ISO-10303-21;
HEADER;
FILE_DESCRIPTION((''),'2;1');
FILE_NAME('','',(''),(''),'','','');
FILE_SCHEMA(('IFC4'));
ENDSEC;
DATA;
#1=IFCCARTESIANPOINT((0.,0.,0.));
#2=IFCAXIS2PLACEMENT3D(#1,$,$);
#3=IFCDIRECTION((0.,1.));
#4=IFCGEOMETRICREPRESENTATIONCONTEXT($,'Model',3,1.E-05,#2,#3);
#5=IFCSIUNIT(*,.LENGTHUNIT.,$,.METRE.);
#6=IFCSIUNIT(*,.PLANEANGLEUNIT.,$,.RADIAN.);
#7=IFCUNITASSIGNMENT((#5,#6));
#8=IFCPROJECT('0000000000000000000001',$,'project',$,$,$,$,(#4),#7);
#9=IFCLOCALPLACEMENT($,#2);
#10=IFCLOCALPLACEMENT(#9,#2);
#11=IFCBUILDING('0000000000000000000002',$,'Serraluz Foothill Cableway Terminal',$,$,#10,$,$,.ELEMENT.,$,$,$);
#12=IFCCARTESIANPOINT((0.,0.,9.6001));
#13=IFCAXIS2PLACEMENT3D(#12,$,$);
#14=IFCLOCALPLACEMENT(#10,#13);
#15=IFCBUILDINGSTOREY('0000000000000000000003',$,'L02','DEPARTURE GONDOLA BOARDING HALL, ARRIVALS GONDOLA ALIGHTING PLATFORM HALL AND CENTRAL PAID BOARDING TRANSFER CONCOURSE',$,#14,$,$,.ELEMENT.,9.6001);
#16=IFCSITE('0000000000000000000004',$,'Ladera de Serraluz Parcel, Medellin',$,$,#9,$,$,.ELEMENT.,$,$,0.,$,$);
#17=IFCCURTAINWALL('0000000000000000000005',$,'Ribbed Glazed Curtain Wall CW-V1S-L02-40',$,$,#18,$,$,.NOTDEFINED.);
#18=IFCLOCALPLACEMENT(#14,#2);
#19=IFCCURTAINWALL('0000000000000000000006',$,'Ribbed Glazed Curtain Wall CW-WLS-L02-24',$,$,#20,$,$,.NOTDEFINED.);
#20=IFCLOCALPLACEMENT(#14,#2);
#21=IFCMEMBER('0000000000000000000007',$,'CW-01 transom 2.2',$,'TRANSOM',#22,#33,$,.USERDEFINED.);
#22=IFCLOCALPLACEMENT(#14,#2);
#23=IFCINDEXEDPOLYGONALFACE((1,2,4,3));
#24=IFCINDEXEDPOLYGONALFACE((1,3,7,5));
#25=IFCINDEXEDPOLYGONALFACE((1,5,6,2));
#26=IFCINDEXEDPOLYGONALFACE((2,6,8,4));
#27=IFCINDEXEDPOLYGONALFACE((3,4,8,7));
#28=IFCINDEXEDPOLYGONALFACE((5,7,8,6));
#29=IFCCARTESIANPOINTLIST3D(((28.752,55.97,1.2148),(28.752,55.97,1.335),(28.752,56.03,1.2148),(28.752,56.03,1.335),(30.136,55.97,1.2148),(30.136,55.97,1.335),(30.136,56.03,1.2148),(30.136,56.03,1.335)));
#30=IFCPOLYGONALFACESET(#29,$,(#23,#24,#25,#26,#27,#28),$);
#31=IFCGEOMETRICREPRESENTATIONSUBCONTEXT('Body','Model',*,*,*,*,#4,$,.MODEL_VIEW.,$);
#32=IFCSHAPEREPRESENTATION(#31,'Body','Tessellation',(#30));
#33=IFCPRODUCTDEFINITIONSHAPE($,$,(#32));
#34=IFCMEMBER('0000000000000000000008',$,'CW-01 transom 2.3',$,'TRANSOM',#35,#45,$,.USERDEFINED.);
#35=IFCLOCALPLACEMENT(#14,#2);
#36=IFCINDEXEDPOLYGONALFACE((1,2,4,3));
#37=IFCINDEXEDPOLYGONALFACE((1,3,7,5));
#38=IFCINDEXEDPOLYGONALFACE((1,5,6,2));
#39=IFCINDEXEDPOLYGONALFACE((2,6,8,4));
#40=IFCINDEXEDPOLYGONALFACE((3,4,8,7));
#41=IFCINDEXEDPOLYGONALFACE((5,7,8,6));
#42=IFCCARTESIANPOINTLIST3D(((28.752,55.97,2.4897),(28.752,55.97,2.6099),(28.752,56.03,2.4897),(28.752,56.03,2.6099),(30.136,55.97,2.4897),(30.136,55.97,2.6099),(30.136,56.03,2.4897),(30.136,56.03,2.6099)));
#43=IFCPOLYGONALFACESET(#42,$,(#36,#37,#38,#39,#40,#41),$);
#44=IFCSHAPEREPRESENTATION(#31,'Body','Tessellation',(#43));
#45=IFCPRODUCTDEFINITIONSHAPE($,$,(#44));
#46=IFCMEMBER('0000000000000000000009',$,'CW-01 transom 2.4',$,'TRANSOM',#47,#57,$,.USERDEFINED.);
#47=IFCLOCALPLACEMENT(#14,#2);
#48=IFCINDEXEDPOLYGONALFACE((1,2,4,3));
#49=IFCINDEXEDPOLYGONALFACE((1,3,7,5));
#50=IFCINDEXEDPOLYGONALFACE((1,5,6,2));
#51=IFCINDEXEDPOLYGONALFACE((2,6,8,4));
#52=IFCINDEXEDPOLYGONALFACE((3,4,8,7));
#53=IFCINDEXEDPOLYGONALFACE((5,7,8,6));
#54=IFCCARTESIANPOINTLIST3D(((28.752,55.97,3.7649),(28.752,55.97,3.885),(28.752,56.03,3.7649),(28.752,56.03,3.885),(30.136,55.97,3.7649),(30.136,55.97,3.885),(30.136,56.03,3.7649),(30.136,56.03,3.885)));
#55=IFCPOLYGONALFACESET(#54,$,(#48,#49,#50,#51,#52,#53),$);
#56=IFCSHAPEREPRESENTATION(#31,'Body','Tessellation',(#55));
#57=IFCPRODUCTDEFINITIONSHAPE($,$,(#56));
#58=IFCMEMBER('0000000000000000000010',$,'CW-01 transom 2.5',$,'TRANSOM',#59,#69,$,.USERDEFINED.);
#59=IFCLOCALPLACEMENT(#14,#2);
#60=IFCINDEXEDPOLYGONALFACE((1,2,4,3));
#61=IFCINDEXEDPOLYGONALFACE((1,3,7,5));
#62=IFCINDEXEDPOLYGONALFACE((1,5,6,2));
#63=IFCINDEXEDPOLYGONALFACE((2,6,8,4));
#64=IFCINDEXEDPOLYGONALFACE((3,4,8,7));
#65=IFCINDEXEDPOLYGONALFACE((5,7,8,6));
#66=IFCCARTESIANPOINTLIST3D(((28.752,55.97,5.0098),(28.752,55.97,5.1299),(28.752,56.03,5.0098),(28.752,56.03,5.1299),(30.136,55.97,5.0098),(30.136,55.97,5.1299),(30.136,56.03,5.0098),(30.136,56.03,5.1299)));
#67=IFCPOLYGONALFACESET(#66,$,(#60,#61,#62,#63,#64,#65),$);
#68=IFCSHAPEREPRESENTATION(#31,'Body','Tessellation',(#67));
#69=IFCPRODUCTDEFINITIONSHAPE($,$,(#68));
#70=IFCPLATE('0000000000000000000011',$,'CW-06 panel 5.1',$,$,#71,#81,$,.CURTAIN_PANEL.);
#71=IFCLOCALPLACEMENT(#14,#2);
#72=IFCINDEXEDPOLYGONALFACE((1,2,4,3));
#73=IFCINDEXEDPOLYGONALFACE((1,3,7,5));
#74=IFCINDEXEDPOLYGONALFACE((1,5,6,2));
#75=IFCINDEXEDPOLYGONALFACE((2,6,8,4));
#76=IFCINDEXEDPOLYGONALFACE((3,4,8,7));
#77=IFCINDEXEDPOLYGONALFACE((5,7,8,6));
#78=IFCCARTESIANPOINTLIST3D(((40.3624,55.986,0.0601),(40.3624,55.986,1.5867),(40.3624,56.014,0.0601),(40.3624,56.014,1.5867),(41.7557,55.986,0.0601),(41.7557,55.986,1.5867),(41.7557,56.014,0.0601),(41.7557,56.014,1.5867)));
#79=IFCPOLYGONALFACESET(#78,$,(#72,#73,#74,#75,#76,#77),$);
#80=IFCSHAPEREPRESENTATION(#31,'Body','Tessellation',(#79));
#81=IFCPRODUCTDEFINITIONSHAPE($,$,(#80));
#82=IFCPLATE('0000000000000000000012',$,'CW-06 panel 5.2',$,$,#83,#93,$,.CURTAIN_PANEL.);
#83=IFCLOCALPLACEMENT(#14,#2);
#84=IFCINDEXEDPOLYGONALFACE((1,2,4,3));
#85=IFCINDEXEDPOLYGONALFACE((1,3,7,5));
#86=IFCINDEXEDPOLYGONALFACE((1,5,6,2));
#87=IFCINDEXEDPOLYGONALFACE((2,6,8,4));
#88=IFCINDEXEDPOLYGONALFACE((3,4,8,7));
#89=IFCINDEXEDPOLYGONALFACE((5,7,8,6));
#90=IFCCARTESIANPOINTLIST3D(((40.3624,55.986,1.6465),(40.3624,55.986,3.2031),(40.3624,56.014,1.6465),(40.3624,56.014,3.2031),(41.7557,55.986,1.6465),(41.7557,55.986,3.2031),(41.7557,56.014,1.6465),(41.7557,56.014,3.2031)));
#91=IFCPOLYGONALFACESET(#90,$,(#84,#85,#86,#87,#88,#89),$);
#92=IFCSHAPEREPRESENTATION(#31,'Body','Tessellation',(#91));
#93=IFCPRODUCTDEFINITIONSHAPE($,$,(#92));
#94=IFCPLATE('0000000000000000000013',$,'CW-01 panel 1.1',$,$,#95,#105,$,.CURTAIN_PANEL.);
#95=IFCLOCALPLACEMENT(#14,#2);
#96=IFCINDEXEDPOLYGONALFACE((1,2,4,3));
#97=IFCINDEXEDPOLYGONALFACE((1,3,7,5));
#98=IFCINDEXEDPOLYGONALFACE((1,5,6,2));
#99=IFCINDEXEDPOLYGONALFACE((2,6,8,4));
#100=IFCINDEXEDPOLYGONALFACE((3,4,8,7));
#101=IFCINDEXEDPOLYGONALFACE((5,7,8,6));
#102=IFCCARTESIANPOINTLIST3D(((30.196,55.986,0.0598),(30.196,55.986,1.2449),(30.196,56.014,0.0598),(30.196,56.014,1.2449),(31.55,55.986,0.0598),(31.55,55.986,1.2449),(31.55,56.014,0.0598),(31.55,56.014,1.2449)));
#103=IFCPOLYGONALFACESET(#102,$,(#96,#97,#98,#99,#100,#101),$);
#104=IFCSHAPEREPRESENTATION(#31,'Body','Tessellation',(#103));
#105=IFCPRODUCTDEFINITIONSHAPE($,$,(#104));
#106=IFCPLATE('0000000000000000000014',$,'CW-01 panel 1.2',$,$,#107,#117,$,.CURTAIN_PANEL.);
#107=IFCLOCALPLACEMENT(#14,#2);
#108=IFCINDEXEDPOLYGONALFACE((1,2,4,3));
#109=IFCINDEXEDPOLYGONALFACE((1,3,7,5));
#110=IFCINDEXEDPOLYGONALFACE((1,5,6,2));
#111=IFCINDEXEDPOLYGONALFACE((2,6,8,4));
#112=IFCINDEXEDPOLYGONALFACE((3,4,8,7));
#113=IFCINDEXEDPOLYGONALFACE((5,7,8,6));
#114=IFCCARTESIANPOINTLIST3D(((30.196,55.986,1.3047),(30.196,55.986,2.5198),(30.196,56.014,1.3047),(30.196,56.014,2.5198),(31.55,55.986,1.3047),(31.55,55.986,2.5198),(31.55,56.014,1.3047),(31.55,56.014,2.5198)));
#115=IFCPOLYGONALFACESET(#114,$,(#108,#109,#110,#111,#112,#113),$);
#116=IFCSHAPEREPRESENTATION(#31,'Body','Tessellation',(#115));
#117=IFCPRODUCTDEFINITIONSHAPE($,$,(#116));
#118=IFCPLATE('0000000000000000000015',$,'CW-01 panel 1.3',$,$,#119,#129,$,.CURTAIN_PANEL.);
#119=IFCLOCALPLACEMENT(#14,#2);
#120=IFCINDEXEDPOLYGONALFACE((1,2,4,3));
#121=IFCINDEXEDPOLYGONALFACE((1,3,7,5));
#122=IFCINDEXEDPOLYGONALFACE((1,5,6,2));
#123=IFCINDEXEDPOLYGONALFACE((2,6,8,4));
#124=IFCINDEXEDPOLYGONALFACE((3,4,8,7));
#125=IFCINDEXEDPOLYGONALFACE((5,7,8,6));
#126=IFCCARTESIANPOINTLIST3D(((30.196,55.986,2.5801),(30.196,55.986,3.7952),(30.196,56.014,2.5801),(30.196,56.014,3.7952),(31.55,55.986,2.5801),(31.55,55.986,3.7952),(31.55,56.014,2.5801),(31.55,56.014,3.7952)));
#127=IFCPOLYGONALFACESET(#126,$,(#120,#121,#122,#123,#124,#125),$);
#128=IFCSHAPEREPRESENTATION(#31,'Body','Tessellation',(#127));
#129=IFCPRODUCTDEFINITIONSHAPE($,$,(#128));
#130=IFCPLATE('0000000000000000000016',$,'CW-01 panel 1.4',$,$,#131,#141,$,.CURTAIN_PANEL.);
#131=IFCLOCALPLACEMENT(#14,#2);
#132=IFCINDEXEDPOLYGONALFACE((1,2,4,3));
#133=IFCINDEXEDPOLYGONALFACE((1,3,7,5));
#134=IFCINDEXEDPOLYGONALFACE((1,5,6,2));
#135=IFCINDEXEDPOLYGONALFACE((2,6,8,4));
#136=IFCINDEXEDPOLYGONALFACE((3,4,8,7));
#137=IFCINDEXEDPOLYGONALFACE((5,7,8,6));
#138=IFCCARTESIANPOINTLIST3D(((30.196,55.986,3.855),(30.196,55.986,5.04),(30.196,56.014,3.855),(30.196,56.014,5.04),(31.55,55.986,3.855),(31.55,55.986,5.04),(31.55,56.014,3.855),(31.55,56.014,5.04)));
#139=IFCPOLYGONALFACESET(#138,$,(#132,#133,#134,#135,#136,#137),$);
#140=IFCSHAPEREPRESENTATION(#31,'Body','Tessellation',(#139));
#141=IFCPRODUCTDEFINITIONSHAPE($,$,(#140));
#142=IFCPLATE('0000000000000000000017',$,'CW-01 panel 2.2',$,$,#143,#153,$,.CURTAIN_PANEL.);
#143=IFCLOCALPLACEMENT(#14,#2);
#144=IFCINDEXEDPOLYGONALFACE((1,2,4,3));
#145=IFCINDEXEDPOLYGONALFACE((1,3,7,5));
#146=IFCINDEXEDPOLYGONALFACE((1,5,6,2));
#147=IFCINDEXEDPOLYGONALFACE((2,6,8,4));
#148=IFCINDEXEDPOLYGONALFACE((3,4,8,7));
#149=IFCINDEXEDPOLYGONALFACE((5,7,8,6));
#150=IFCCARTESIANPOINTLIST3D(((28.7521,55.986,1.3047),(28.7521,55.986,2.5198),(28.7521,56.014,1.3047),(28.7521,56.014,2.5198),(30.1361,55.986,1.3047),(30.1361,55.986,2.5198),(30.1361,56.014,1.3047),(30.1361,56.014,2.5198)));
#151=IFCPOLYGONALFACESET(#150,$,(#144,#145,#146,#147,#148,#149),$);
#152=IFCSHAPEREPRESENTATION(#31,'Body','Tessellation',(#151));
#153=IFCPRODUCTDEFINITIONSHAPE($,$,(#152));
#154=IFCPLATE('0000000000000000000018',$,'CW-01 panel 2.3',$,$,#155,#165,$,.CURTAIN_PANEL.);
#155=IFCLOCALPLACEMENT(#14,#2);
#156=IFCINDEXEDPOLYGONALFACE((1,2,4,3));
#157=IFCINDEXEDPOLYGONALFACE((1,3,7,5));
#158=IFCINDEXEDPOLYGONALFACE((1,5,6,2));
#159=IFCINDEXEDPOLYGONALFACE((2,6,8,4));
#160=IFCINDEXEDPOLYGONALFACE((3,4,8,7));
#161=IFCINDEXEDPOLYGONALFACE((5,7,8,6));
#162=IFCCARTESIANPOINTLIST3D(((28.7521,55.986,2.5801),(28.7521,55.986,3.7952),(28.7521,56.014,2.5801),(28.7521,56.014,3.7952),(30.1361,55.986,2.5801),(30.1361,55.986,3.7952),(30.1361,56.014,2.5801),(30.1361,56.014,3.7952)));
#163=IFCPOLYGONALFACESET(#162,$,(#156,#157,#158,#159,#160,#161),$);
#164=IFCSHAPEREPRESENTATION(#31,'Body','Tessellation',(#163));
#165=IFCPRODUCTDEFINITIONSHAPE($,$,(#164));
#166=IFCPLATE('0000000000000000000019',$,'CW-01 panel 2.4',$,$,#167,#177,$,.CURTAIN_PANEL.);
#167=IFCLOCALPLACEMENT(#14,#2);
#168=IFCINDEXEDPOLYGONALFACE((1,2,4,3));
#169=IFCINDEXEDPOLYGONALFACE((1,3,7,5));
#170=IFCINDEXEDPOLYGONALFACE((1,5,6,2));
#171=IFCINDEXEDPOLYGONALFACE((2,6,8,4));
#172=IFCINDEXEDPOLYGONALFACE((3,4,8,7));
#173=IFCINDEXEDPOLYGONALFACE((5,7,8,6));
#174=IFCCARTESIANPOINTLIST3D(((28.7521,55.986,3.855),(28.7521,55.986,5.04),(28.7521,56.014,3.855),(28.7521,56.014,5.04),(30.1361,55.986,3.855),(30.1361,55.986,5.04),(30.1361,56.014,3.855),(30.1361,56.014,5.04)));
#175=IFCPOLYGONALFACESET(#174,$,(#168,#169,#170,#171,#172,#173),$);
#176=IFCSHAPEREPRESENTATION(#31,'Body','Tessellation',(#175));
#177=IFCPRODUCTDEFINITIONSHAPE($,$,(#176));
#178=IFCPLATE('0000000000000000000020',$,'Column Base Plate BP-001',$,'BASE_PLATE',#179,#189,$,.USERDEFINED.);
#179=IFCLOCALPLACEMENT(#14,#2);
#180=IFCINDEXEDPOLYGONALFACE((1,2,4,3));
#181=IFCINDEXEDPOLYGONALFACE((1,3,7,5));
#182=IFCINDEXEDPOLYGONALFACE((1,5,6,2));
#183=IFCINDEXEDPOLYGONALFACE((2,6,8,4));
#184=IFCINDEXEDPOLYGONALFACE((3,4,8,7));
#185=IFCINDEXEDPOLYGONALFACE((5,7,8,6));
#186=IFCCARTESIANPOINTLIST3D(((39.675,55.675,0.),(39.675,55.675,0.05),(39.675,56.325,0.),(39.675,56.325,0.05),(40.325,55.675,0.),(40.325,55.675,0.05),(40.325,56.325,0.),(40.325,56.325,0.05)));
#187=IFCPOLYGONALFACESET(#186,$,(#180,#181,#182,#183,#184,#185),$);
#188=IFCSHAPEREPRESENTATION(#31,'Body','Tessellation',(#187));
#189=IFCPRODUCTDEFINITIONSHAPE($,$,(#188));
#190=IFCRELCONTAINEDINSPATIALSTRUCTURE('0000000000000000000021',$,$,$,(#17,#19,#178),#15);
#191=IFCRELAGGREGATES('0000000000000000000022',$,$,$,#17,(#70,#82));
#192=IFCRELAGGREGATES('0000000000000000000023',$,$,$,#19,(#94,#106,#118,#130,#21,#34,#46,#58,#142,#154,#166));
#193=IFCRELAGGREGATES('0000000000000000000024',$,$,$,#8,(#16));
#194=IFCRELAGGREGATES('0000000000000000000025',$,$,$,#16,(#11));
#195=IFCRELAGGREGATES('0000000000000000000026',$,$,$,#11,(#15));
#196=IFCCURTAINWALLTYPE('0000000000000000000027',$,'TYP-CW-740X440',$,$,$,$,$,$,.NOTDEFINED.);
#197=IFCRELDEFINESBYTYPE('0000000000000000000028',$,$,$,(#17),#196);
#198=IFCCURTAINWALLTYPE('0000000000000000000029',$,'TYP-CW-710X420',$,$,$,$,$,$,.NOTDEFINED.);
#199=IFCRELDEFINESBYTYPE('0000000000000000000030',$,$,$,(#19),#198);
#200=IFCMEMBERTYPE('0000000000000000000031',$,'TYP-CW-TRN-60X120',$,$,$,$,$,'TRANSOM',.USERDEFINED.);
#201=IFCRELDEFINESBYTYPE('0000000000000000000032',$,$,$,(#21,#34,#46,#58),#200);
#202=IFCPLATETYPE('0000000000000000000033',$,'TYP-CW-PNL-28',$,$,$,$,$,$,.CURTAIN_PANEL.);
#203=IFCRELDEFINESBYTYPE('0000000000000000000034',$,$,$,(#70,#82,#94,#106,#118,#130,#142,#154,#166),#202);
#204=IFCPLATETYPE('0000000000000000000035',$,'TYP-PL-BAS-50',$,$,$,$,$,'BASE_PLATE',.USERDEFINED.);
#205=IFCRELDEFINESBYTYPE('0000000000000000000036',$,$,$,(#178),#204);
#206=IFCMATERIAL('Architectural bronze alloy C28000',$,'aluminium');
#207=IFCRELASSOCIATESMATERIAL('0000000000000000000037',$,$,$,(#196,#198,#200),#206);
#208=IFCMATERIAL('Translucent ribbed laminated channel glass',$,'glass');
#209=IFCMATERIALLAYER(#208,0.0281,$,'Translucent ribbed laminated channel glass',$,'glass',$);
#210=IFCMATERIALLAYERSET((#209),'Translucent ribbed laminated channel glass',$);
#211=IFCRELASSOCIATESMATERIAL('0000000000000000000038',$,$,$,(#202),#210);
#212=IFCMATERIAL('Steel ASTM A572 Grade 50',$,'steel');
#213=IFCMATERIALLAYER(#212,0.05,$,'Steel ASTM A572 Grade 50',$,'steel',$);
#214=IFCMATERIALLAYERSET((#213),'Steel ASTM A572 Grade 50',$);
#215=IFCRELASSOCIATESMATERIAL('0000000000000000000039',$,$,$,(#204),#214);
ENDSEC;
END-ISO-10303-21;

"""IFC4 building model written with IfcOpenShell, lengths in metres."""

from ifc_helpers import new_model, si_unit, direction, frame, origin, origin_2d, place, context, subcontext, project, spatial, rectangle, extrude, material, layer, layer_set, material_profile, profile_set, type_object, element, aggregate, save


model = new_model("IFC4")

# Units and contexts
model_context = context("Model", 3, precision=1e-05, world=origin(), true_north=direction((0.0, 1.0)))
body_context = subcontext(model_context, "Body", "Model", "MODEL_VIEW")
ifc_project = project(units=[si_unit("LENGTHUNIT", "METRE"), si_unit("PLANEANGLEUNIT", "RADIAN")], contexts=[model_context])

# Site, building, storey
site_placement = place(None, origin())
site = spatial("IfcSite", under=ifc_project, at=site_placement, Name="Ladera de Serraluz Parcel, Medellin", CompositionType="ELEMENT", RefElevation=0.0)
building_placement = place(site_placement, origin())
building = spatial("IfcBuilding", under=site, at=building_placement, Name="Serraluz Foothill Cableway Terminal", CompositionType="ELEMENT")
storey_placement = place(building_placement, frame((0.0, 0.0, 9.6001)))
storey = spatial("IfcBuildingStorey", under=building, at=storey_placement, Name="L02", Description="DEPARTURE GONDOLA BOARDING HALL, ARRIVALS GONDOLA ALIGHTING PLATFORM HALL AND CENTRAL PAID BOARDING TRANSFER CONCOURSE", CompositionType="ELEMENT", Elevation=9.6001)

# Curtain wall
ifc_material_1 = material(Name="Architectural bronze alloy C28000", Category="aluminium")
curtain_wall_type_1 = type_object("IfcCurtainWallType", Name="TYP-CW-740X440", PredefinedType="NOTDEFINED", material=ifc_material_1)
curtain_wall_1_placement = place(storey_placement, origin())
curtain_wall_1 = element("IfcCurtainWall", 1, at=curtain_wall_1_placement, inside=storey, type_object=curtain_wall_type_1, Name="Ribbed Glazed Curtain Wall CW-V1S-L02-40", PredefinedType="NOTDEFINED")

# Curtain wall, members
curtain_wall_type_2 = type_object("IfcCurtainWallType", Name="TYP-CW-710X420", PredefinedType="NOTDEFINED", material=ifc_material_1)
curtain_wall_2_placement = place(storey_placement, origin())
curtain_wall_2 = element("IfcCurtainWall", 2, at=curtain_wall_2_placement, inside=storey, type_object=curtain_wall_type_2, Name="Ribbed Glazed Curtain Wall CW-WLS-L02-24", PredefinedType="NOTDEFINED")
ifc_material_profile_1 = material_profile(ifc_material_1, rectangle(XDim=0.0601, YDim=0.1201, at=origin_2d()), Name="ALU TRANSOM 60x120")
ifc_profile_set_1 = profile_set([ifc_material_profile_1], Name="Architectural bronze alloy C28000")
member_type_1 = type_object("IfcMemberType", Name="TYP-CW-TRN-60X120", ElementType="TRANSOM", PredefinedType="USERDEFINED", material=ifc_profile_set_1)
member_1_placement = place(storey_placement, frame((30.136, 56.0, 1.2749), z_axis=(-1.0, 0.0, 0.0), x_axis=(0.0, -1.0, 0.0)))
member_1 = element("IfcMember", 3, at=member_1_placement, type_object=member_type_1, Name="CW-01 transom 2.2", ObjectType="TRANSOM", PredefinedType="USERDEFINED", context=body_context, shape_type="SweptSolid", body=[
    extrude(rectangle(XDim=0.0601, YDim=0.1201, at=origin_2d()), origin(), (0.0, 0.0, 1.0), 1.384),
])
member_2_placement = place(storey_placement, frame((30.136, 56.0, 2.5498), z_axis=(-1.0, 0.0, 0.0), x_axis=(0.0, -1.0, 0.0)))
member_2 = element("IfcMember", 4, at=member_2_placement, type_object=member_type_1, Name="CW-01 transom 2.3", ObjectType="TRANSOM", PredefinedType="USERDEFINED", context=body_context, shape_type="SweptSolid", body=[
    extrude(rectangle(XDim=0.0601, YDim=0.1201, at=origin_2d()), origin(), (0.0, 0.0, 1.0), 1.384),
])
member_3_placement = place(storey_placement, frame((30.136, 56.0, 3.825), z_axis=(-1.0, 0.0, 0.0), x_axis=(0.0, -1.0, 0.0)))
member_3 = element("IfcMember", 5, at=member_3_placement, type_object=member_type_1, Name="CW-01 transom 2.4", ObjectType="TRANSOM", PredefinedType="USERDEFINED", context=body_context, shape_type="SweptSolid", body=[
    extrude(rectangle(XDim=0.0601, YDim=0.1201, at=origin_2d()), origin(), (0.0, 0.0, 1.0), 1.384),
])
member_4_placement = place(storey_placement, frame((30.136, 56.0, 5.0698), z_axis=(-1.0, 0.0, 0.0), x_axis=(0.0, -1.0, 0.0)))
member_4 = element("IfcMember", 6, at=member_4_placement, type_object=member_type_1, Name="CW-01 transom 2.5", ObjectType="TRANSOM", PredefinedType="USERDEFINED", context=body_context, shape_type="SweptSolid", body=[
    extrude(rectangle(XDim=0.0601, YDim=0.1201, at=origin_2d()), origin(), (0.0, 0.0, 1.0), 1.384),
])

# Plates
ifc_material_2 = material(Name="Translucent ribbed laminated channel glass", Category="glass")
ifc_layer_1 = layer(ifc_material_2, 0.0281, Name="Translucent ribbed laminated channel glass", Category="glass")
ifc_layer_set_1 = layer_set([ifc_layer_1], Name="Translucent ribbed laminated channel glass")
plate_type_1 = type_object("IfcPlateType", Name="TYP-CW-PNL-28", PredefinedType="CURTAIN_PANEL", material=ifc_layer_set_1)
plate_1_placement = place(storey_placement, frame((41.0591, 56.0, 0.0601), z_axis=(0.0, 0.0, 1.0), x_axis=(-1.0, 0.0, 0.0)))
plate_1 = element("IfcPlate", 7, at=plate_1_placement, type_object=plate_type_1, Name="CW-06 panel 5.1", PredefinedType="CURTAIN_PANEL", context=body_context, shape_type="SweptSolid", body=[
    extrude(rectangle(XDim=1.3933, YDim=0.0281, at=origin_2d()), origin(), (0.0, 0.0, 1.0), 1.5266),
])
plate_2_placement = place(storey_placement, frame((41.0591, 56.0, 1.6465), z_axis=(0.0, 0.0, 1.0), x_axis=(-1.0, 0.0, 0.0)))
plate_2 = element("IfcPlate", 8, at=plate_2_placement, type_object=plate_type_1, Name="CW-06 panel 5.2", PredefinedType="CURTAIN_PANEL", context=body_context, shape_type="SweptSolid", body=[
    extrude(rectangle(XDim=1.3933, YDim=0.0281, at=origin_2d()), origin(), (0.0, 0.0, 1.0), 1.5566),
])
aggregate(curtain_wall_1, [plate_1, plate_2])
plate_3_placement = place(storey_placement, frame((30.873, 56.0, 0.0598), z_axis=(0.0, 0.0, 1.0), x_axis=(-1.0, 0.0, 0.0)))
plate_3 = element("IfcPlate", 9, at=plate_3_placement, type_object=plate_type_1, Name="CW-01 panel 1.1", PredefinedType="CURTAIN_PANEL", context=body_context, shape_type="SweptSolid", body=[
    extrude(rectangle(XDim=1.354, YDim=0.0281, at=origin_2d()), origin(), (0.0, 0.0, 1.0), 1.1851),
])
plate_4_placement = place(storey_placement, frame((30.873, 56.0, 1.3047), z_axis=(0.0, 0.0, 1.0), x_axis=(-1.0, 0.0, 0.0)))
plate_4 = element("IfcPlate", 10, at=plate_4_placement, type_object=plate_type_1, Name="CW-01 panel 1.2", PredefinedType="CURTAIN_PANEL", context=body_context, shape_type="SweptSolid", body=[
    extrude(rectangle(XDim=1.354, YDim=0.0281, at=origin_2d()), origin(), (0.0, 0.0, 1.0), 1.2151),
])
plate_5_placement = place(storey_placement, frame((30.873, 56.0, 2.5801), z_axis=(0.0, 0.0, 1.0), x_axis=(-1.0, 0.0, 0.0)))
plate_5 = element("IfcPlate", 11, at=plate_5_placement, type_object=plate_type_1, Name="CW-01 panel 1.3", PredefinedType="CURTAIN_PANEL", context=body_context, shape_type="SweptSolid", body=[
    extrude(rectangle(XDim=1.354, YDim=0.0281, at=origin_2d()), origin(), (0.0, 0.0, 1.0), 1.2151),
])
plate_6_placement = place(storey_placement, frame((30.873, 56.0, 3.855), z_axis=(0.0, 0.0, 1.0), x_axis=(-1.0, 0.0, 0.0)))
plate_6 = element("IfcPlate", 12, at=plate_6_placement, type_object=plate_type_1, Name="CW-01 panel 1.4", PredefinedType="CURTAIN_PANEL", context=body_context, shape_type="SweptSolid", body=[
    extrude(rectangle(XDim=1.354, YDim=0.0281, at=origin_2d()), origin(), (0.0, 0.0, 1.0), 1.1851),
])
plate_7_placement = place(storey_placement, frame((29.4441, 56.0, 1.3047), z_axis=(0.0, 0.0, 1.0), x_axis=(-1.0, 0.0, 0.0)))
plate_7 = element("IfcPlate", 13, at=plate_7_placement, type_object=plate_type_1, Name="CW-01 panel 2.2", PredefinedType="CURTAIN_PANEL", context=body_context, shape_type="SweptSolid", body=[
    extrude(rectangle(XDim=1.384, YDim=0.0281, at=origin_2d()), origin(), (0.0, 0.0, 1.0), 1.2151),
])
plate_8_placement = place(storey_placement, frame((29.4441, 56.0, 2.5801), z_axis=(0.0, 0.0, 1.0), x_axis=(-1.0, 0.0, 0.0)))
plate_8 = element("IfcPlate", 14, at=plate_8_placement, type_object=plate_type_1, Name="CW-01 panel 2.3", PredefinedType="CURTAIN_PANEL", context=body_context, shape_type="SweptSolid", body=[
    extrude(rectangle(XDim=1.384, YDim=0.0281, at=origin_2d()), origin(), (0.0, 0.0, 1.0), 1.2151),
])
plate_9_placement = place(storey_placement, frame((29.4441, 56.0, 3.855), z_axis=(0.0, 0.0, 1.0), x_axis=(-1.0, 0.0, 0.0)))
plate_9 = element("IfcPlate", 15, at=plate_9_placement, type_object=plate_type_1, Name="CW-01 panel 2.4", PredefinedType="CURTAIN_PANEL", context=body_context, shape_type="SweptSolid", body=[
    extrude(rectangle(XDim=1.384, YDim=0.0281, at=origin_2d()), origin(), (0.0, 0.0, 1.0), 1.1851),
])
aggregate(curtain_wall_2, [plate_3, plate_4, plate_5, plate_6, member_1, member_2, member_3, member_4, plate_7, plate_8, plate_9])
ifc_material_3 = material(Name="Steel ASTM A572 Grade 50", Category="steel")
ifc_layer_2 = layer(ifc_material_3, 0.05, Name="Steel ASTM A572 Grade 50", Category="steel")
ifc_layer_set_2 = layer_set([ifc_layer_2], Name="Steel ASTM A572 Grade 50")
plate_type_2 = type_object("IfcPlateType", Name="TYP-PL-BAS-50", ElementType="BASE_PLATE", PredefinedType="USERDEFINED", material=ifc_layer_set_2)
plate_10_placement = place(storey_placement, frame((40.0, 56.0, 0.0), z_axis=(0.0, 0.0, 1.0), x_axis=(1.0, 0.0, 0.0)))
element("IfcPlate", 16, at=plate_10_placement, inside=storey, type_object=plate_type_2, Name="Column Base Plate BP-001", ObjectType="BASE_PLATE", PredefinedType="USERDEFINED", context=body_context, shape_type="SweptSolid", body=[
    extrude(rectangle(XDim=0.6499, YDim=0.6499, at=origin_2d()), origin(), (0.0, 0.0, 1.0), 0.05),
])

save(model, "model.ifc")
